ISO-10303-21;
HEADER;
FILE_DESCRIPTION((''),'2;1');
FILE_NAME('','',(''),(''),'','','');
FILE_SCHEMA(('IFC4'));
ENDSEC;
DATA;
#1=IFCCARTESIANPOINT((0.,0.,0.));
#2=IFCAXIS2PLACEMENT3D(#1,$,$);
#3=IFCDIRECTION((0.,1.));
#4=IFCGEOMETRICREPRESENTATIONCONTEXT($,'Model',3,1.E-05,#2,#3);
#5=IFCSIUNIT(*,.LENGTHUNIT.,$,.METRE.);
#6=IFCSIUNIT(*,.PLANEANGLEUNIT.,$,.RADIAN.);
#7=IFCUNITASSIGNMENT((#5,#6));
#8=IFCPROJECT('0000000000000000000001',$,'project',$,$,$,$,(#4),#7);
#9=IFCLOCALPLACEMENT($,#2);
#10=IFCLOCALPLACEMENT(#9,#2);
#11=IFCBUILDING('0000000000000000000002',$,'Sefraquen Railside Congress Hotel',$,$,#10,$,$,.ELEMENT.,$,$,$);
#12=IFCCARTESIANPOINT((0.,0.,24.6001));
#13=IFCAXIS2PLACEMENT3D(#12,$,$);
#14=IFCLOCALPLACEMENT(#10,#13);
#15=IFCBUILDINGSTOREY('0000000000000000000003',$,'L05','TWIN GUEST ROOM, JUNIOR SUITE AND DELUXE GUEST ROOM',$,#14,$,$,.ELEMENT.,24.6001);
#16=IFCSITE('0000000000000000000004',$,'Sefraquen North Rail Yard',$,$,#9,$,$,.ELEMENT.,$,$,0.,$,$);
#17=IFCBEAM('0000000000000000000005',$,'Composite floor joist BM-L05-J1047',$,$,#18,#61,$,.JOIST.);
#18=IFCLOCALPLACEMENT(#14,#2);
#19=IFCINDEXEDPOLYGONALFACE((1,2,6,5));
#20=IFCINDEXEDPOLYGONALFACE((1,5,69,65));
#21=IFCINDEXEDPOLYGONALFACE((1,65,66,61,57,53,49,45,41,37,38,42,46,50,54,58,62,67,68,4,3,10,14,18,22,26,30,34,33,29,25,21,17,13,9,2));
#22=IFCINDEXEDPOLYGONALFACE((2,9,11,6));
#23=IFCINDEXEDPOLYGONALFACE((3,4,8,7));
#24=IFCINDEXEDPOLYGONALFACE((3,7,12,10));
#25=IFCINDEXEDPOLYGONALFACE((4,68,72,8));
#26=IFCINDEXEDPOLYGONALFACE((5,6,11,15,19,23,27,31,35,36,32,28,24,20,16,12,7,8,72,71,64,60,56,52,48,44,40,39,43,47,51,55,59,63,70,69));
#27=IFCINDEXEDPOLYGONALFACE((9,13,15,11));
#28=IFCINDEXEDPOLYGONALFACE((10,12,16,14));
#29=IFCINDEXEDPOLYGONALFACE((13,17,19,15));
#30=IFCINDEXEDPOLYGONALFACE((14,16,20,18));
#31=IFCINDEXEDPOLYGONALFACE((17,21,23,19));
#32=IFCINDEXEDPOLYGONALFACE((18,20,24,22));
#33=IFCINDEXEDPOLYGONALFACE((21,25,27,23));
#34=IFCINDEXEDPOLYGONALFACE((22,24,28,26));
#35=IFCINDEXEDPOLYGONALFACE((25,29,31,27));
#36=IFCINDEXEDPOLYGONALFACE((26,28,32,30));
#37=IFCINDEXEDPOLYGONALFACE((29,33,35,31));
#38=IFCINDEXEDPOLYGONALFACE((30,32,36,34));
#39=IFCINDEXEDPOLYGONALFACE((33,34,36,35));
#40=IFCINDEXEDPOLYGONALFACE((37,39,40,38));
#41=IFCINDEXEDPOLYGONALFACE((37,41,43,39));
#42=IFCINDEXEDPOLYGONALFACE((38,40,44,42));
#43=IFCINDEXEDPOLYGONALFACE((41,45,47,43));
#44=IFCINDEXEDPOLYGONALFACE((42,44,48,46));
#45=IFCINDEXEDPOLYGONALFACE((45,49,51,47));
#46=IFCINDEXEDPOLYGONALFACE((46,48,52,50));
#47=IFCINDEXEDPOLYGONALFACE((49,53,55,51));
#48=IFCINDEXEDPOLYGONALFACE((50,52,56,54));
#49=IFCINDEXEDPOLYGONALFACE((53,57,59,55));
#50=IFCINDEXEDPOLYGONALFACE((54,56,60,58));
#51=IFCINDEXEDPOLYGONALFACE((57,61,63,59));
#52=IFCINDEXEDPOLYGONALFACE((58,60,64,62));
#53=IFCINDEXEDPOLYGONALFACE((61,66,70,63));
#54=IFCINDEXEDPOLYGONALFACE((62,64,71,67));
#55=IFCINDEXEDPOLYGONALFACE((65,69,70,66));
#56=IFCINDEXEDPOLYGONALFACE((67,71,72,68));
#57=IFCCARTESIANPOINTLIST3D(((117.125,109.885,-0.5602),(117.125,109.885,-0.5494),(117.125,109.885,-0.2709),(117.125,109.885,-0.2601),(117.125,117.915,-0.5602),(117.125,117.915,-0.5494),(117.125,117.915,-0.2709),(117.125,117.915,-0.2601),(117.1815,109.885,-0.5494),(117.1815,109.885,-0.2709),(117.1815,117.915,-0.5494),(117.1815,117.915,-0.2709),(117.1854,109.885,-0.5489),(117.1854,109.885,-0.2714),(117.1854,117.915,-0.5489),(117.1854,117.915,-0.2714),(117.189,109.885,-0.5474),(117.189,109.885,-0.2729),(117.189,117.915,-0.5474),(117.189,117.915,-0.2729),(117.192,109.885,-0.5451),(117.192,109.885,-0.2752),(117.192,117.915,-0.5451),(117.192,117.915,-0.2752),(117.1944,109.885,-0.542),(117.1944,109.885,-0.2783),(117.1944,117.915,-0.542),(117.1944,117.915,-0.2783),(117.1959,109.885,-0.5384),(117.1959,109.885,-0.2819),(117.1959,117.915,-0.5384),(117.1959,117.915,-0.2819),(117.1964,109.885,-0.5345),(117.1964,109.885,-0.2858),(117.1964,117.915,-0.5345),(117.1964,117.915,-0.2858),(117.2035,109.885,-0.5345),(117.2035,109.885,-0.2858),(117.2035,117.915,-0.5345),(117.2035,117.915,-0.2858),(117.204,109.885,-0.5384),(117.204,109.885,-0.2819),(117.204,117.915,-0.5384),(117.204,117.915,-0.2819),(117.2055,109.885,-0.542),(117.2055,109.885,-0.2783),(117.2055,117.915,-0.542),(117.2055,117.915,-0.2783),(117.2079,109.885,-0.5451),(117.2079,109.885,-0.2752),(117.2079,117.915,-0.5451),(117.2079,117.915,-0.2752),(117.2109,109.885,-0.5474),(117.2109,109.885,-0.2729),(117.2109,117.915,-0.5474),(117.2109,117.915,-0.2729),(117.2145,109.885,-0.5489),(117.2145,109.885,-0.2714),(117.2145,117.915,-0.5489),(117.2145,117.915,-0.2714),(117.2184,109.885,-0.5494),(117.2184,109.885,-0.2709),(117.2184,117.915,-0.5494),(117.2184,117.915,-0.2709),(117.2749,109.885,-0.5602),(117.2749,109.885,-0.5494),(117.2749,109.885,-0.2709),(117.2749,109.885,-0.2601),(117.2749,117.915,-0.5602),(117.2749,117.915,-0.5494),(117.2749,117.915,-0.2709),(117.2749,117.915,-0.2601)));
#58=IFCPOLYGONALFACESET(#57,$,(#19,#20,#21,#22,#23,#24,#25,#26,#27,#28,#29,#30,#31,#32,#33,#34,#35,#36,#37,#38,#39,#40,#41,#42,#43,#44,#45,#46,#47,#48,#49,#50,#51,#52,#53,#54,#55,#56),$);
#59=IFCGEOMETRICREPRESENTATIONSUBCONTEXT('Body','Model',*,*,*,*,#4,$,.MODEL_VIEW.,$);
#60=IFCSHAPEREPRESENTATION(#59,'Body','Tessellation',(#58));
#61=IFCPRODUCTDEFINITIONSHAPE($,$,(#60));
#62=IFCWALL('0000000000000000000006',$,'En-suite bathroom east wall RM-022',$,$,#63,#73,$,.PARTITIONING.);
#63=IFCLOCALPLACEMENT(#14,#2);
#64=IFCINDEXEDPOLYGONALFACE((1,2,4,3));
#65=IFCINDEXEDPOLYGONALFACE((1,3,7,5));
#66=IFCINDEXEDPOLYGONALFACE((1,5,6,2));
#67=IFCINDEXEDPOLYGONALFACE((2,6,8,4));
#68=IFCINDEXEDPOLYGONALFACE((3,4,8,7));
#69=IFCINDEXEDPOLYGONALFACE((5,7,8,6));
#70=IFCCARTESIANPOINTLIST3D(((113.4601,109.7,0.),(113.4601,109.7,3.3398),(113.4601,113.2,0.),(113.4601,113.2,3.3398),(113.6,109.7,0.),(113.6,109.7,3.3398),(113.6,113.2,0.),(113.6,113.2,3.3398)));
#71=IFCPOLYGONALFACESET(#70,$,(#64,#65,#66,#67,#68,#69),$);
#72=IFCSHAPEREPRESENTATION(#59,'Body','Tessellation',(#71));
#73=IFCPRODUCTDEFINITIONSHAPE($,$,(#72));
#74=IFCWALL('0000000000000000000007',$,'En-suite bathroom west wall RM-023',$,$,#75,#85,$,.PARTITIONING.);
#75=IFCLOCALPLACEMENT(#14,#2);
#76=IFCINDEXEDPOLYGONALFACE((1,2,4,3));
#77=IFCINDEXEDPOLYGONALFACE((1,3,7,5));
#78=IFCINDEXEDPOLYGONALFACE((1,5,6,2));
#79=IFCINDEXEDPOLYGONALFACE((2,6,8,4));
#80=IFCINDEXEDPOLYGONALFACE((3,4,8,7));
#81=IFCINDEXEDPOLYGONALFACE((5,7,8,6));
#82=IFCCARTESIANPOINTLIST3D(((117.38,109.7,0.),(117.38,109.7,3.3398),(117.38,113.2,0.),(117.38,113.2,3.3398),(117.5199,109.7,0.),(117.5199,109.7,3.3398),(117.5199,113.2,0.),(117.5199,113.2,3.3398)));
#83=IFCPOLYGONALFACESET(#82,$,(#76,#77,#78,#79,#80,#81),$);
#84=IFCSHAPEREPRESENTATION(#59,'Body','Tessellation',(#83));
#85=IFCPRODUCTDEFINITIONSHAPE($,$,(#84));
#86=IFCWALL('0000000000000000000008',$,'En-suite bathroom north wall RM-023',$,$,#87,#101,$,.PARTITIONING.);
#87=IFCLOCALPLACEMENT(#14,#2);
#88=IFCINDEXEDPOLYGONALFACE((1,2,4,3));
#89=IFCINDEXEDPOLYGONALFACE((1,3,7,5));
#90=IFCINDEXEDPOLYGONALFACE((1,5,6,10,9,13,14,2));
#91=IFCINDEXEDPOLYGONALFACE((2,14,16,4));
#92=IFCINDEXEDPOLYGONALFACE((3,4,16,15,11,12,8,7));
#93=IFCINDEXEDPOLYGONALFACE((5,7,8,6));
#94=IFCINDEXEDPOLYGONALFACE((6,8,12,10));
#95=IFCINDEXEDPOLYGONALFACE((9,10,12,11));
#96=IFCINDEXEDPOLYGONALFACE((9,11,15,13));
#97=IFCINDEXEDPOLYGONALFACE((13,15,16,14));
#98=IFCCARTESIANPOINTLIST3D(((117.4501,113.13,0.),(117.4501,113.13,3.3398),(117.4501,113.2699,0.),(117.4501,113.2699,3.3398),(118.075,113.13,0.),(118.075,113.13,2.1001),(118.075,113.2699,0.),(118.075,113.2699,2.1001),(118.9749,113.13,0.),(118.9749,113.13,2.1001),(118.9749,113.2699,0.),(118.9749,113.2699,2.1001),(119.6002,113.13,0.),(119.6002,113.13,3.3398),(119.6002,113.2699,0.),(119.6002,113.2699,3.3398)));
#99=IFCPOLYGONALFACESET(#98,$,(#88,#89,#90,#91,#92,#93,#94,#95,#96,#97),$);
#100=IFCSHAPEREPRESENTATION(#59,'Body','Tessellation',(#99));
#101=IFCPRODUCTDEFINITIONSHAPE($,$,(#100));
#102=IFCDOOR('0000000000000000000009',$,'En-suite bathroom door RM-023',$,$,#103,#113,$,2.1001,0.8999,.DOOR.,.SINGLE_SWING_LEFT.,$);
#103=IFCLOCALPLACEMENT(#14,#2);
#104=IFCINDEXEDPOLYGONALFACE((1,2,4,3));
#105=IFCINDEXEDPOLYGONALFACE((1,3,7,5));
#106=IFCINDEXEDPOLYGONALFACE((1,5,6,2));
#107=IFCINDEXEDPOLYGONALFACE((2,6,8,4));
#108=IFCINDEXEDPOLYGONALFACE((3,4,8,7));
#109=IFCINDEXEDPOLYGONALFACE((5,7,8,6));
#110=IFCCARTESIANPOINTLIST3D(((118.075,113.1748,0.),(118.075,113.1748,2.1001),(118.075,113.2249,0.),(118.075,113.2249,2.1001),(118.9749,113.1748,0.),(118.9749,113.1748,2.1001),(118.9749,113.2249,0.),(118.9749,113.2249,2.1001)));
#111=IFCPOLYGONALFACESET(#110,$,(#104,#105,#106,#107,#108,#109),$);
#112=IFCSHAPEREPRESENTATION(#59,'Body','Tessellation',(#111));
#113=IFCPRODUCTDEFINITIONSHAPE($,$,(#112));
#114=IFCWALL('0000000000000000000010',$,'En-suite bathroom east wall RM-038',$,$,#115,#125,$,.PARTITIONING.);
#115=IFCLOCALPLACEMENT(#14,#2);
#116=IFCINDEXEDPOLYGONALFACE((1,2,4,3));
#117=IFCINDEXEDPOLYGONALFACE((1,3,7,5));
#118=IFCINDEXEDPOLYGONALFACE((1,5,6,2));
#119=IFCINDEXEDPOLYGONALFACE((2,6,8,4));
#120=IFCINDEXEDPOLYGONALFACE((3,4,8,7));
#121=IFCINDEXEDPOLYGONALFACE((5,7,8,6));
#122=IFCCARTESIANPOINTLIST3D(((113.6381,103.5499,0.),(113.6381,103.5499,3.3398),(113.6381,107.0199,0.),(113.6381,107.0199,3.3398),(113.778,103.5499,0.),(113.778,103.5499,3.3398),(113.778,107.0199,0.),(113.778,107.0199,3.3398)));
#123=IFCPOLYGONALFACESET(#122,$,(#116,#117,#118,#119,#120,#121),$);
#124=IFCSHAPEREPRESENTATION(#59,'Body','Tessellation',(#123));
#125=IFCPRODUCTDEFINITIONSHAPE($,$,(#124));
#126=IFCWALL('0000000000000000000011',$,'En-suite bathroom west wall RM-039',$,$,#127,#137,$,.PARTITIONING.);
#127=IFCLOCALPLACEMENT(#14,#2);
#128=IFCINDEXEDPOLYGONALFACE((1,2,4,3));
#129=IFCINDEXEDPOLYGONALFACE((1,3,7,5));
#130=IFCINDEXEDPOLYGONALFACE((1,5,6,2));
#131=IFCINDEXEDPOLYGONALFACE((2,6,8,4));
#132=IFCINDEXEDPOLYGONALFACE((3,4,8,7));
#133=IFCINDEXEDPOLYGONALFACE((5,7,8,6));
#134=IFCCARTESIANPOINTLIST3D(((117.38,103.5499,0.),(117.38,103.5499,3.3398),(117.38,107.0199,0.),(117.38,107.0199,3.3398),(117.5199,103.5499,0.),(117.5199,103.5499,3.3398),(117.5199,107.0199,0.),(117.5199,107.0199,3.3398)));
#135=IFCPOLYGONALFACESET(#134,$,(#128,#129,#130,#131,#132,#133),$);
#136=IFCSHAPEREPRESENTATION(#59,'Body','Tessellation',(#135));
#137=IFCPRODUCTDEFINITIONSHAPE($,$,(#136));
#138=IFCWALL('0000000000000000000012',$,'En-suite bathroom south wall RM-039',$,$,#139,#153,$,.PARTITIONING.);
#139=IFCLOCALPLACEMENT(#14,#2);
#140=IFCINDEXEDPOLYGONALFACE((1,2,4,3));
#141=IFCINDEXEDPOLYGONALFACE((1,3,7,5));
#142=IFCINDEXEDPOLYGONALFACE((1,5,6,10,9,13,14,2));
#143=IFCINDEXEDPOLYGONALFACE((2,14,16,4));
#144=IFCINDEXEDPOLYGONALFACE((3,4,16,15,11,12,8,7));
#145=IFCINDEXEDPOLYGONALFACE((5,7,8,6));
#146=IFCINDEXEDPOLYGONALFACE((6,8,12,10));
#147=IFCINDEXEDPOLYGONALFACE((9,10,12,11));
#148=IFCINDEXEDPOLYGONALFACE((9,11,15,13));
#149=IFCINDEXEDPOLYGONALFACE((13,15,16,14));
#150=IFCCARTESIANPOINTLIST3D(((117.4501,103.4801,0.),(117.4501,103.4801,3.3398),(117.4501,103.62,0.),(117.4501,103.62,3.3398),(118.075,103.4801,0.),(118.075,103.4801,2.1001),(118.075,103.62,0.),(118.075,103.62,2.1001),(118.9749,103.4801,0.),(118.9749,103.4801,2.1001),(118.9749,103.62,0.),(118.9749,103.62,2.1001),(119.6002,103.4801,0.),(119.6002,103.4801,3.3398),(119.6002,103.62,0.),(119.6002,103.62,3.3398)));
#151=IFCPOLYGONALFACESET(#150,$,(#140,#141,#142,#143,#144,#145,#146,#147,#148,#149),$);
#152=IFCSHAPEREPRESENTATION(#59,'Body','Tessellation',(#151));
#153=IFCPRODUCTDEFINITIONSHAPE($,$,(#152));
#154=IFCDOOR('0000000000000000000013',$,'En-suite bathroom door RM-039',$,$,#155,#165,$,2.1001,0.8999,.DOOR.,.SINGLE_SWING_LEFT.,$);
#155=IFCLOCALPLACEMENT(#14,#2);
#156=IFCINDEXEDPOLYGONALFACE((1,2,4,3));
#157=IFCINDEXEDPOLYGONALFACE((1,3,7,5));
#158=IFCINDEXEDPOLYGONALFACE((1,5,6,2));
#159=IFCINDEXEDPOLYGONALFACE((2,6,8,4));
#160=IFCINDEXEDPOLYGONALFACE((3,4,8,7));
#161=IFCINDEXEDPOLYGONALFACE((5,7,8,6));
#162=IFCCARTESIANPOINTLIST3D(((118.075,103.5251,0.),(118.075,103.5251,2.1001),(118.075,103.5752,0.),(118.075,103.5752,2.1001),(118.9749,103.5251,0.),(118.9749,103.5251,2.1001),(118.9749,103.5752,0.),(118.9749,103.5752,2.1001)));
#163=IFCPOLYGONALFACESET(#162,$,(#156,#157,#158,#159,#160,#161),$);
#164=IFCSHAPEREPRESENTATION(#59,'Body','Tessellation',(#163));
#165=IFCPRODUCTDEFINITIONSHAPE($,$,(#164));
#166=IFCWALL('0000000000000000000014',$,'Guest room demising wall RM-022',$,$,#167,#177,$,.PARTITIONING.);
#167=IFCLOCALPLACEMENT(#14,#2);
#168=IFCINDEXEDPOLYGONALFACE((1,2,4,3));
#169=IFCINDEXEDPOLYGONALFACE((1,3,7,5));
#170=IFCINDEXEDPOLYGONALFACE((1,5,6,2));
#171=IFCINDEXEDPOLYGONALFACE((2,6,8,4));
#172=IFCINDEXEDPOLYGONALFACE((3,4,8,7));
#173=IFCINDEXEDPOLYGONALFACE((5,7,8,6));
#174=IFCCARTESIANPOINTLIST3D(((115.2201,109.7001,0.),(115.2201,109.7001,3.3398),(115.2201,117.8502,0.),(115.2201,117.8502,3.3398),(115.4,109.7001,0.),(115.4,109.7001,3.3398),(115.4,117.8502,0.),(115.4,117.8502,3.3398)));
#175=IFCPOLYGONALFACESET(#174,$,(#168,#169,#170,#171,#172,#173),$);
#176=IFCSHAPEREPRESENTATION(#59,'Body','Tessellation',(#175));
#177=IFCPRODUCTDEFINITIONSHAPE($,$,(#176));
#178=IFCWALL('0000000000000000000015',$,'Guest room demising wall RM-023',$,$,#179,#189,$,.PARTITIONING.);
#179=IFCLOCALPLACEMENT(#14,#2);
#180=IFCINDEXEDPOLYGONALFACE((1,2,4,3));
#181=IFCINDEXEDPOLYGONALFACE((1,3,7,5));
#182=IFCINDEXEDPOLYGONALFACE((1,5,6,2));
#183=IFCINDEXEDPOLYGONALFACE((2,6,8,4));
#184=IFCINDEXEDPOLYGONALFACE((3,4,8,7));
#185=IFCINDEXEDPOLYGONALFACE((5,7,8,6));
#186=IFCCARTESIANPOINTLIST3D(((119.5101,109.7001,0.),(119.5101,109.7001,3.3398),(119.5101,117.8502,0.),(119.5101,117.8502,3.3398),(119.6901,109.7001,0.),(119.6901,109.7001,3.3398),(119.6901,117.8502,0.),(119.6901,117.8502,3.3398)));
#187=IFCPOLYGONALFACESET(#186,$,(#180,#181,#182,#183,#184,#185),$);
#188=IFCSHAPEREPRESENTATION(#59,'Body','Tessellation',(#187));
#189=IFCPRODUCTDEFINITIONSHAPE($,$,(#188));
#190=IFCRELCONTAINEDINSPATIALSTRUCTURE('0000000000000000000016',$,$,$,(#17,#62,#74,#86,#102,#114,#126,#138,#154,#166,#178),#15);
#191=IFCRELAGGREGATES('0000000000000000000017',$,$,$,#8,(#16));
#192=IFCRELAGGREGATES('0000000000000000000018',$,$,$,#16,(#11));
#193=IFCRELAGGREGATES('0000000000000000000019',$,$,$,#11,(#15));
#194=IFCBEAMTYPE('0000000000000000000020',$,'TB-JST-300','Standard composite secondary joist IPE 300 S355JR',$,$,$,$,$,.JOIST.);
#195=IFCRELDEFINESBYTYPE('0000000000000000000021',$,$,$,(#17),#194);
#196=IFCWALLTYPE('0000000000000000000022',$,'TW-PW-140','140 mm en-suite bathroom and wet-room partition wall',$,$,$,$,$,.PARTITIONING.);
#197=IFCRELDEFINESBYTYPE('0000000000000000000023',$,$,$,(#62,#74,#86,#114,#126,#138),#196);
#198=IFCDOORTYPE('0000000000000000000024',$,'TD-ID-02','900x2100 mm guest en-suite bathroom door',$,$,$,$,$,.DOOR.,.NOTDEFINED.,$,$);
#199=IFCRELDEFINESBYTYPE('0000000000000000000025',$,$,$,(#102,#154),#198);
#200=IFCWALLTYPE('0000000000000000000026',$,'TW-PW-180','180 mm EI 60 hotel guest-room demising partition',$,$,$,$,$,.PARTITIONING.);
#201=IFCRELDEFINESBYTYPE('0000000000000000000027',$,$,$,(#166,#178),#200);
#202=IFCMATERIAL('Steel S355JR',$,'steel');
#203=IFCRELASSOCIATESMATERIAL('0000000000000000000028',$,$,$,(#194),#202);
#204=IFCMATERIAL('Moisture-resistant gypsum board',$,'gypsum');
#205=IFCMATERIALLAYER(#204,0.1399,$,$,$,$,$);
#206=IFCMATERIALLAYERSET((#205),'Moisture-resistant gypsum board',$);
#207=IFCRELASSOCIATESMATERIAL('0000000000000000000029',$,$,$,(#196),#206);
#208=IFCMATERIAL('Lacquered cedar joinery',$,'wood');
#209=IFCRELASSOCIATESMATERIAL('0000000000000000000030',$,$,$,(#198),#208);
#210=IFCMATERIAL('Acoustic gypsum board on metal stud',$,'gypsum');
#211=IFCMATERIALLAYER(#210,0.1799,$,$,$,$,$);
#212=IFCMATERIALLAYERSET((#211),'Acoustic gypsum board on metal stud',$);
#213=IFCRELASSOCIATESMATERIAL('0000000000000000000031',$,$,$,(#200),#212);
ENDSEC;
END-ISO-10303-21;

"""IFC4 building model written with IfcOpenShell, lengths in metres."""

from ifc_helpers import new_model, si_unit, direction, frame, frame_2d, origin, origin_2d, place, context, subcontext, project, spatial, rectangle, i_section, extrude, material, layer, layer_set, material_profile, profile_set, type_object, element, fill, save


model = new_model("IFC4")

# Units and contexts
model_context = context("Model", 3, precision=1e-05, world=origin(), true_north=direction((0.0, 1.0)))
body_context = subcontext(model_context, "Body", "Model", "MODEL_VIEW")
ifc_project = project(units=[si_unit("LENGTHUNIT", "METRE"), si_unit("PLANEANGLEUNIT", "RADIAN")], contexts=[model_context])

# Site, building, storey
site_placement = place(None, origin())
site = spatial("IfcSite", under=ifc_project, at=site_placement, Name="Sefraquen North Rail Yard", CompositionType="ELEMENT", RefElevation=0.0)
building_placement = place(site_placement, origin())
building = spatial("IfcBuilding", under=site, at=building_placement, Name="Sefraquen Railside Congress Hotel", CompositionType="ELEMENT")
storey_placement = place(building_placement, frame((0.0, 0.0, 24.6001)))
storey = spatial("IfcBuildingStorey", under=building, at=storey_placement, Name="L05", Description="TWIN GUEST ROOM, JUNIOR SUITE AND DELUXE GUEST ROOM", CompositionType="ELEMENT", Elevation=24.6001)

# Shared definitions
ifc_material_1 = material(Name="Steel S355JR", Category="steel")

# Beam
ifc_material_profile_1 = material_profile(ifc_material_1, i_section(OverallWidth=0.1499, OverallDepth=0.3, WebThickness=0.0071, FlangeThickness=0.0107, FilletRadius=0.0149, at=origin_2d()), Name="IPE 300")
ifc_profile_set_1 = profile_set([ifc_material_profile_1], Name="Steel S355JR")
beam_type_1 = type_object("IfcBeamType", Name="TB-JST-300", Description="Standard composite secondary joist IPE 300 S355JR", PredefinedType="JOIST", material=ifc_profile_set_1)
for number, where, z_axis, x_axis, name in (
    (1, (117.2, 109.885, -0.4102), (0.0, 1.0, 0.0), (-1.0, 0.0, 0.0), "Composite floor joist BM-L05-J1047"),
):
    element("IfcBeam", number, at=place(storey_placement, frame(where, z_axis=z_axis, x_axis=x_axis)), inside=storey, type_object=beam_type_1, Name=name, PredefinedType="JOIST", context=body_context, shape_type="SweptSolid", body=[
        extrude(i_section(OverallWidth=0.1499, OverallDepth=0.3, WebThickness=0.0071, FlangeThickness=0.0107, FilletRadius=0.0149, at=origin_2d()), origin(), (0.0, 0.0, 1.0), 8.03),
    ])

# Walls
ifc_material_2 = material(Name="Moisture-resistant gypsum board", Category="gypsum")
ifc_layer_1 = layer(ifc_material_2, 0.1399)
ifc_layer_set_1 = layer_set([ifc_layer_1], Name="Moisture-resistant gypsum board")
wall_type_1 = type_object("IfcWallType", Name="TW-PW-140", Description="140 mm en-suite bathroom and wet-room partition wall", PredefinedType="PARTITIONING", material=ifc_layer_set_1)
for number, where, z_axis, x_axis, name in (
    (2, (113.53, 109.7, 0.0), (0.0, 0.0, 1.0), (0.0, 1.0, 0.0), "En-suite bathroom east wall RM-022"),
    (3, (117.45, 109.7, 0.0), (0.0, 0.0, 1.0), (0.0, 1.0, 0.0), "En-suite bathroom west wall RM-023"),
):
    element("IfcWall", number, at=place(storey_placement, frame(where, z_axis=z_axis, x_axis=x_axis)), inside=storey, type_object=wall_type_1, Name=name, PredefinedType="PARTITIONING", context=body_context, shape_type="SweptSolid", body=[
        extrude(rectangle(XDim=3.5, YDim=0.1399, at=frame_2d((1.75, 0.0))), origin(), (0.0, 0.0, 1.0), 3.3398),
    ])

# Wall, opening, door
wall_1_placement = place(storey_placement, frame((117.45, 113.2, 0.0), z_axis=(0.0, 0.0, 1.0), x_axis=(1.0, 0.0, 0.0)))
wall_1 = element("IfcWall", 4, at=wall_1_placement, inside=storey, type_object=wall_type_1, Name="En-suite bathroom north wall RM-023", PredefinedType="PARTITIONING", context=body_context, shape_type="SweptSolid", body=[
    extrude(rectangle(XDim=2.1501, YDim=0.1399, at=frame_2d((1.0752, 0.0))), origin(), (0.0, 0.0, 1.0), 3.3398),
])
opening_1_placement = place(wall_1_placement, frame((0.625, 0.0, 0.0)))
opening_1 = element("IfcOpeningElement", 5, at=opening_1_placement, cuts=wall_1, PredefinedType="OPENING", context=body_context, shape_type="SweptSolid", body=[
    extrude(rectangle(XDim=0.8999, YDim=2.1001, at=frame_2d((0.45, 1.05))), frame((0.0, 0.0798, 0.0), z_axis=(0.0, -1.0, 0.0), x_axis=(1.0, 0.0, 0.0)), (0.0, 0.0, 1.0), 0.1599),
])
ifc_material_3 = material(Name="Lacquered cedar joinery", Category="wood")
door_type = type_object("IfcDoorType", Name="TD-ID-02", Description="900x2100 mm guest en-suite bathroom door", OperationType="NOTDEFINED", PredefinedType="DOOR", material=ifc_material_3)
door_1_placement = place(opening_1_placement, origin())
door_1 = element("IfcDoor", 6, at=door_1_placement, inside=storey, type_object=door_type, Name="En-suite bathroom door RM-023", OperationType="SINGLE_SWING_LEFT", OverallHeight=2.1001, OverallWidth=0.8999, PredefinedType="DOOR", context=body_context, shape_type="SweptSolid", body=[
    extrude(rectangle(XDim=0.8999, YDim=2.1001, at=frame_2d((0.45, 1.05))), frame((0.0, 0.0249, 0.0), z_axis=(0.0, -1.0, 0.0), x_axis=(1.0, 0.0, 0.0)), (0.0, 0.0, 1.0), 0.05),
])
fill(opening_1, door_1)

# Walls
for number, where, z_axis, x_axis, name in (
    (7, (113.708, 103.55, 0.0), (0.0, 0.0, 1.0), (0.0, 1.0, 0.0), "En-suite bathroom east wall RM-038"),
    (8, (117.45, 103.55, 0.0), (0.0, 0.0, 1.0), (0.0, 1.0, 0.0), "En-suite bathroom west wall RM-039"),
):
    element("IfcWall", number, at=place(storey_placement, frame(where, z_axis=z_axis, x_axis=x_axis)), inside=storey, type_object=wall_type_1, Name=name, PredefinedType="PARTITIONING", context=body_context, shape_type="SweptSolid", body=[
        extrude(rectangle(XDim=3.47, YDim=0.1399, at=frame_2d((1.7349, 0.0))), origin(), (0.0, 0.0, 1.0), 3.3398),
    ])

# Wall, opening, door
wall_2_placement = place(storey_placement, frame((117.45, 103.55, 0.0), z_axis=(0.0, 0.0, 1.0), x_axis=(1.0, 0.0, 0.0)))
wall_2 = element("IfcWall", 9, at=wall_2_placement, inside=storey, type_object=wall_type_1, Name="En-suite bathroom south wall RM-039", PredefinedType="PARTITIONING", context=body_context, shape_type="SweptSolid", body=[
    extrude(rectangle(XDim=2.1501, YDim=0.1399, at=frame_2d((1.0752, 0.0))), origin(), (0.0, 0.0, 1.0), 3.3398),
])
opening_2_placement = place(wall_2_placement, frame((0.625, 0.0, 0.0)))
opening_2 = element("IfcOpeningElement", 10, at=opening_2_placement, cuts=wall_2, PredefinedType="OPENING", context=body_context, shape_type="SweptSolid", body=[
    extrude(rectangle(XDim=0.8999, YDim=2.1001, at=frame_2d((0.45, 1.05))), frame((0.0, 0.0798, 0.0), z_axis=(0.0, -1.0, 0.0), x_axis=(1.0, 0.0, 0.0)), (0.0, 0.0, 1.0), 0.1599),
])
door_2_placement = place(opening_2_placement, frame((0.8999, 0.0, 0.0), z_axis=(0.0, 0.0, 1.0), x_axis=(-1.0, 0.0, 0.0)))
door_2 = element("IfcDoor", 11, at=door_2_placement, inside=storey, type_object=door_type, Name="En-suite bathroom door RM-039", OperationType="SINGLE_SWING_LEFT", OverallHeight=2.1001, OverallWidth=0.8999, PredefinedType="DOOR", context=body_context, shape_type="SweptSolid", body=[
    extrude(rectangle(XDim=0.8999, YDim=2.1001, at=frame_2d((0.45, 1.05))), frame((0.0, 0.0249, 0.0), z_axis=(0.0, -1.0, 0.0), x_axis=(1.0, 0.0, 0.0)), (0.0, 0.0, 1.0), 0.05),
])
fill(opening_2, door_2)

# Walls
ifc_material_4 = material(Name="Acoustic gypsum board on metal stud", Category="gypsum")
ifc_layer_2 = layer(ifc_material_4, 0.1799)
ifc_layer_set_2 = layer_set([ifc_layer_2], Name="Acoustic gypsum board on metal stud")
wall_type_2 = type_object("IfcWallType", Name="TW-PW-180", Description="180 mm EI 60 hotel guest-room demising partition", PredefinedType="PARTITIONING", material=ifc_layer_set_2)
for number, where, z_axis, x_axis, name in (
    (12, (115.3101, 109.7, 0.0), (0.0, 0.0, 1.0), (0.0, 1.0, 0.0), "Guest room demising wall RM-022"),
    (13, (119.6001, 109.7, 0.0), (0.0, 0.0, 1.0), (0.0, 1.0, 0.0), "Guest room demising wall RM-023"),
):
    element("IfcWall", number, at=place(storey_placement, frame(where, z_axis=z_axis, x_axis=x_axis)), inside=storey, type_object=wall_type_2, Name=name, PredefinedType="PARTITIONING", context=body_context, shape_type="SweptSolid", body=[
        extrude(rectangle(XDim=8.1501, YDim=0.1799, at=frame_2d((4.0752, 0.0))), origin(), (0.0, 0.0, 1.0), 3.3398),
    ])

save(model, "model.ifc")
